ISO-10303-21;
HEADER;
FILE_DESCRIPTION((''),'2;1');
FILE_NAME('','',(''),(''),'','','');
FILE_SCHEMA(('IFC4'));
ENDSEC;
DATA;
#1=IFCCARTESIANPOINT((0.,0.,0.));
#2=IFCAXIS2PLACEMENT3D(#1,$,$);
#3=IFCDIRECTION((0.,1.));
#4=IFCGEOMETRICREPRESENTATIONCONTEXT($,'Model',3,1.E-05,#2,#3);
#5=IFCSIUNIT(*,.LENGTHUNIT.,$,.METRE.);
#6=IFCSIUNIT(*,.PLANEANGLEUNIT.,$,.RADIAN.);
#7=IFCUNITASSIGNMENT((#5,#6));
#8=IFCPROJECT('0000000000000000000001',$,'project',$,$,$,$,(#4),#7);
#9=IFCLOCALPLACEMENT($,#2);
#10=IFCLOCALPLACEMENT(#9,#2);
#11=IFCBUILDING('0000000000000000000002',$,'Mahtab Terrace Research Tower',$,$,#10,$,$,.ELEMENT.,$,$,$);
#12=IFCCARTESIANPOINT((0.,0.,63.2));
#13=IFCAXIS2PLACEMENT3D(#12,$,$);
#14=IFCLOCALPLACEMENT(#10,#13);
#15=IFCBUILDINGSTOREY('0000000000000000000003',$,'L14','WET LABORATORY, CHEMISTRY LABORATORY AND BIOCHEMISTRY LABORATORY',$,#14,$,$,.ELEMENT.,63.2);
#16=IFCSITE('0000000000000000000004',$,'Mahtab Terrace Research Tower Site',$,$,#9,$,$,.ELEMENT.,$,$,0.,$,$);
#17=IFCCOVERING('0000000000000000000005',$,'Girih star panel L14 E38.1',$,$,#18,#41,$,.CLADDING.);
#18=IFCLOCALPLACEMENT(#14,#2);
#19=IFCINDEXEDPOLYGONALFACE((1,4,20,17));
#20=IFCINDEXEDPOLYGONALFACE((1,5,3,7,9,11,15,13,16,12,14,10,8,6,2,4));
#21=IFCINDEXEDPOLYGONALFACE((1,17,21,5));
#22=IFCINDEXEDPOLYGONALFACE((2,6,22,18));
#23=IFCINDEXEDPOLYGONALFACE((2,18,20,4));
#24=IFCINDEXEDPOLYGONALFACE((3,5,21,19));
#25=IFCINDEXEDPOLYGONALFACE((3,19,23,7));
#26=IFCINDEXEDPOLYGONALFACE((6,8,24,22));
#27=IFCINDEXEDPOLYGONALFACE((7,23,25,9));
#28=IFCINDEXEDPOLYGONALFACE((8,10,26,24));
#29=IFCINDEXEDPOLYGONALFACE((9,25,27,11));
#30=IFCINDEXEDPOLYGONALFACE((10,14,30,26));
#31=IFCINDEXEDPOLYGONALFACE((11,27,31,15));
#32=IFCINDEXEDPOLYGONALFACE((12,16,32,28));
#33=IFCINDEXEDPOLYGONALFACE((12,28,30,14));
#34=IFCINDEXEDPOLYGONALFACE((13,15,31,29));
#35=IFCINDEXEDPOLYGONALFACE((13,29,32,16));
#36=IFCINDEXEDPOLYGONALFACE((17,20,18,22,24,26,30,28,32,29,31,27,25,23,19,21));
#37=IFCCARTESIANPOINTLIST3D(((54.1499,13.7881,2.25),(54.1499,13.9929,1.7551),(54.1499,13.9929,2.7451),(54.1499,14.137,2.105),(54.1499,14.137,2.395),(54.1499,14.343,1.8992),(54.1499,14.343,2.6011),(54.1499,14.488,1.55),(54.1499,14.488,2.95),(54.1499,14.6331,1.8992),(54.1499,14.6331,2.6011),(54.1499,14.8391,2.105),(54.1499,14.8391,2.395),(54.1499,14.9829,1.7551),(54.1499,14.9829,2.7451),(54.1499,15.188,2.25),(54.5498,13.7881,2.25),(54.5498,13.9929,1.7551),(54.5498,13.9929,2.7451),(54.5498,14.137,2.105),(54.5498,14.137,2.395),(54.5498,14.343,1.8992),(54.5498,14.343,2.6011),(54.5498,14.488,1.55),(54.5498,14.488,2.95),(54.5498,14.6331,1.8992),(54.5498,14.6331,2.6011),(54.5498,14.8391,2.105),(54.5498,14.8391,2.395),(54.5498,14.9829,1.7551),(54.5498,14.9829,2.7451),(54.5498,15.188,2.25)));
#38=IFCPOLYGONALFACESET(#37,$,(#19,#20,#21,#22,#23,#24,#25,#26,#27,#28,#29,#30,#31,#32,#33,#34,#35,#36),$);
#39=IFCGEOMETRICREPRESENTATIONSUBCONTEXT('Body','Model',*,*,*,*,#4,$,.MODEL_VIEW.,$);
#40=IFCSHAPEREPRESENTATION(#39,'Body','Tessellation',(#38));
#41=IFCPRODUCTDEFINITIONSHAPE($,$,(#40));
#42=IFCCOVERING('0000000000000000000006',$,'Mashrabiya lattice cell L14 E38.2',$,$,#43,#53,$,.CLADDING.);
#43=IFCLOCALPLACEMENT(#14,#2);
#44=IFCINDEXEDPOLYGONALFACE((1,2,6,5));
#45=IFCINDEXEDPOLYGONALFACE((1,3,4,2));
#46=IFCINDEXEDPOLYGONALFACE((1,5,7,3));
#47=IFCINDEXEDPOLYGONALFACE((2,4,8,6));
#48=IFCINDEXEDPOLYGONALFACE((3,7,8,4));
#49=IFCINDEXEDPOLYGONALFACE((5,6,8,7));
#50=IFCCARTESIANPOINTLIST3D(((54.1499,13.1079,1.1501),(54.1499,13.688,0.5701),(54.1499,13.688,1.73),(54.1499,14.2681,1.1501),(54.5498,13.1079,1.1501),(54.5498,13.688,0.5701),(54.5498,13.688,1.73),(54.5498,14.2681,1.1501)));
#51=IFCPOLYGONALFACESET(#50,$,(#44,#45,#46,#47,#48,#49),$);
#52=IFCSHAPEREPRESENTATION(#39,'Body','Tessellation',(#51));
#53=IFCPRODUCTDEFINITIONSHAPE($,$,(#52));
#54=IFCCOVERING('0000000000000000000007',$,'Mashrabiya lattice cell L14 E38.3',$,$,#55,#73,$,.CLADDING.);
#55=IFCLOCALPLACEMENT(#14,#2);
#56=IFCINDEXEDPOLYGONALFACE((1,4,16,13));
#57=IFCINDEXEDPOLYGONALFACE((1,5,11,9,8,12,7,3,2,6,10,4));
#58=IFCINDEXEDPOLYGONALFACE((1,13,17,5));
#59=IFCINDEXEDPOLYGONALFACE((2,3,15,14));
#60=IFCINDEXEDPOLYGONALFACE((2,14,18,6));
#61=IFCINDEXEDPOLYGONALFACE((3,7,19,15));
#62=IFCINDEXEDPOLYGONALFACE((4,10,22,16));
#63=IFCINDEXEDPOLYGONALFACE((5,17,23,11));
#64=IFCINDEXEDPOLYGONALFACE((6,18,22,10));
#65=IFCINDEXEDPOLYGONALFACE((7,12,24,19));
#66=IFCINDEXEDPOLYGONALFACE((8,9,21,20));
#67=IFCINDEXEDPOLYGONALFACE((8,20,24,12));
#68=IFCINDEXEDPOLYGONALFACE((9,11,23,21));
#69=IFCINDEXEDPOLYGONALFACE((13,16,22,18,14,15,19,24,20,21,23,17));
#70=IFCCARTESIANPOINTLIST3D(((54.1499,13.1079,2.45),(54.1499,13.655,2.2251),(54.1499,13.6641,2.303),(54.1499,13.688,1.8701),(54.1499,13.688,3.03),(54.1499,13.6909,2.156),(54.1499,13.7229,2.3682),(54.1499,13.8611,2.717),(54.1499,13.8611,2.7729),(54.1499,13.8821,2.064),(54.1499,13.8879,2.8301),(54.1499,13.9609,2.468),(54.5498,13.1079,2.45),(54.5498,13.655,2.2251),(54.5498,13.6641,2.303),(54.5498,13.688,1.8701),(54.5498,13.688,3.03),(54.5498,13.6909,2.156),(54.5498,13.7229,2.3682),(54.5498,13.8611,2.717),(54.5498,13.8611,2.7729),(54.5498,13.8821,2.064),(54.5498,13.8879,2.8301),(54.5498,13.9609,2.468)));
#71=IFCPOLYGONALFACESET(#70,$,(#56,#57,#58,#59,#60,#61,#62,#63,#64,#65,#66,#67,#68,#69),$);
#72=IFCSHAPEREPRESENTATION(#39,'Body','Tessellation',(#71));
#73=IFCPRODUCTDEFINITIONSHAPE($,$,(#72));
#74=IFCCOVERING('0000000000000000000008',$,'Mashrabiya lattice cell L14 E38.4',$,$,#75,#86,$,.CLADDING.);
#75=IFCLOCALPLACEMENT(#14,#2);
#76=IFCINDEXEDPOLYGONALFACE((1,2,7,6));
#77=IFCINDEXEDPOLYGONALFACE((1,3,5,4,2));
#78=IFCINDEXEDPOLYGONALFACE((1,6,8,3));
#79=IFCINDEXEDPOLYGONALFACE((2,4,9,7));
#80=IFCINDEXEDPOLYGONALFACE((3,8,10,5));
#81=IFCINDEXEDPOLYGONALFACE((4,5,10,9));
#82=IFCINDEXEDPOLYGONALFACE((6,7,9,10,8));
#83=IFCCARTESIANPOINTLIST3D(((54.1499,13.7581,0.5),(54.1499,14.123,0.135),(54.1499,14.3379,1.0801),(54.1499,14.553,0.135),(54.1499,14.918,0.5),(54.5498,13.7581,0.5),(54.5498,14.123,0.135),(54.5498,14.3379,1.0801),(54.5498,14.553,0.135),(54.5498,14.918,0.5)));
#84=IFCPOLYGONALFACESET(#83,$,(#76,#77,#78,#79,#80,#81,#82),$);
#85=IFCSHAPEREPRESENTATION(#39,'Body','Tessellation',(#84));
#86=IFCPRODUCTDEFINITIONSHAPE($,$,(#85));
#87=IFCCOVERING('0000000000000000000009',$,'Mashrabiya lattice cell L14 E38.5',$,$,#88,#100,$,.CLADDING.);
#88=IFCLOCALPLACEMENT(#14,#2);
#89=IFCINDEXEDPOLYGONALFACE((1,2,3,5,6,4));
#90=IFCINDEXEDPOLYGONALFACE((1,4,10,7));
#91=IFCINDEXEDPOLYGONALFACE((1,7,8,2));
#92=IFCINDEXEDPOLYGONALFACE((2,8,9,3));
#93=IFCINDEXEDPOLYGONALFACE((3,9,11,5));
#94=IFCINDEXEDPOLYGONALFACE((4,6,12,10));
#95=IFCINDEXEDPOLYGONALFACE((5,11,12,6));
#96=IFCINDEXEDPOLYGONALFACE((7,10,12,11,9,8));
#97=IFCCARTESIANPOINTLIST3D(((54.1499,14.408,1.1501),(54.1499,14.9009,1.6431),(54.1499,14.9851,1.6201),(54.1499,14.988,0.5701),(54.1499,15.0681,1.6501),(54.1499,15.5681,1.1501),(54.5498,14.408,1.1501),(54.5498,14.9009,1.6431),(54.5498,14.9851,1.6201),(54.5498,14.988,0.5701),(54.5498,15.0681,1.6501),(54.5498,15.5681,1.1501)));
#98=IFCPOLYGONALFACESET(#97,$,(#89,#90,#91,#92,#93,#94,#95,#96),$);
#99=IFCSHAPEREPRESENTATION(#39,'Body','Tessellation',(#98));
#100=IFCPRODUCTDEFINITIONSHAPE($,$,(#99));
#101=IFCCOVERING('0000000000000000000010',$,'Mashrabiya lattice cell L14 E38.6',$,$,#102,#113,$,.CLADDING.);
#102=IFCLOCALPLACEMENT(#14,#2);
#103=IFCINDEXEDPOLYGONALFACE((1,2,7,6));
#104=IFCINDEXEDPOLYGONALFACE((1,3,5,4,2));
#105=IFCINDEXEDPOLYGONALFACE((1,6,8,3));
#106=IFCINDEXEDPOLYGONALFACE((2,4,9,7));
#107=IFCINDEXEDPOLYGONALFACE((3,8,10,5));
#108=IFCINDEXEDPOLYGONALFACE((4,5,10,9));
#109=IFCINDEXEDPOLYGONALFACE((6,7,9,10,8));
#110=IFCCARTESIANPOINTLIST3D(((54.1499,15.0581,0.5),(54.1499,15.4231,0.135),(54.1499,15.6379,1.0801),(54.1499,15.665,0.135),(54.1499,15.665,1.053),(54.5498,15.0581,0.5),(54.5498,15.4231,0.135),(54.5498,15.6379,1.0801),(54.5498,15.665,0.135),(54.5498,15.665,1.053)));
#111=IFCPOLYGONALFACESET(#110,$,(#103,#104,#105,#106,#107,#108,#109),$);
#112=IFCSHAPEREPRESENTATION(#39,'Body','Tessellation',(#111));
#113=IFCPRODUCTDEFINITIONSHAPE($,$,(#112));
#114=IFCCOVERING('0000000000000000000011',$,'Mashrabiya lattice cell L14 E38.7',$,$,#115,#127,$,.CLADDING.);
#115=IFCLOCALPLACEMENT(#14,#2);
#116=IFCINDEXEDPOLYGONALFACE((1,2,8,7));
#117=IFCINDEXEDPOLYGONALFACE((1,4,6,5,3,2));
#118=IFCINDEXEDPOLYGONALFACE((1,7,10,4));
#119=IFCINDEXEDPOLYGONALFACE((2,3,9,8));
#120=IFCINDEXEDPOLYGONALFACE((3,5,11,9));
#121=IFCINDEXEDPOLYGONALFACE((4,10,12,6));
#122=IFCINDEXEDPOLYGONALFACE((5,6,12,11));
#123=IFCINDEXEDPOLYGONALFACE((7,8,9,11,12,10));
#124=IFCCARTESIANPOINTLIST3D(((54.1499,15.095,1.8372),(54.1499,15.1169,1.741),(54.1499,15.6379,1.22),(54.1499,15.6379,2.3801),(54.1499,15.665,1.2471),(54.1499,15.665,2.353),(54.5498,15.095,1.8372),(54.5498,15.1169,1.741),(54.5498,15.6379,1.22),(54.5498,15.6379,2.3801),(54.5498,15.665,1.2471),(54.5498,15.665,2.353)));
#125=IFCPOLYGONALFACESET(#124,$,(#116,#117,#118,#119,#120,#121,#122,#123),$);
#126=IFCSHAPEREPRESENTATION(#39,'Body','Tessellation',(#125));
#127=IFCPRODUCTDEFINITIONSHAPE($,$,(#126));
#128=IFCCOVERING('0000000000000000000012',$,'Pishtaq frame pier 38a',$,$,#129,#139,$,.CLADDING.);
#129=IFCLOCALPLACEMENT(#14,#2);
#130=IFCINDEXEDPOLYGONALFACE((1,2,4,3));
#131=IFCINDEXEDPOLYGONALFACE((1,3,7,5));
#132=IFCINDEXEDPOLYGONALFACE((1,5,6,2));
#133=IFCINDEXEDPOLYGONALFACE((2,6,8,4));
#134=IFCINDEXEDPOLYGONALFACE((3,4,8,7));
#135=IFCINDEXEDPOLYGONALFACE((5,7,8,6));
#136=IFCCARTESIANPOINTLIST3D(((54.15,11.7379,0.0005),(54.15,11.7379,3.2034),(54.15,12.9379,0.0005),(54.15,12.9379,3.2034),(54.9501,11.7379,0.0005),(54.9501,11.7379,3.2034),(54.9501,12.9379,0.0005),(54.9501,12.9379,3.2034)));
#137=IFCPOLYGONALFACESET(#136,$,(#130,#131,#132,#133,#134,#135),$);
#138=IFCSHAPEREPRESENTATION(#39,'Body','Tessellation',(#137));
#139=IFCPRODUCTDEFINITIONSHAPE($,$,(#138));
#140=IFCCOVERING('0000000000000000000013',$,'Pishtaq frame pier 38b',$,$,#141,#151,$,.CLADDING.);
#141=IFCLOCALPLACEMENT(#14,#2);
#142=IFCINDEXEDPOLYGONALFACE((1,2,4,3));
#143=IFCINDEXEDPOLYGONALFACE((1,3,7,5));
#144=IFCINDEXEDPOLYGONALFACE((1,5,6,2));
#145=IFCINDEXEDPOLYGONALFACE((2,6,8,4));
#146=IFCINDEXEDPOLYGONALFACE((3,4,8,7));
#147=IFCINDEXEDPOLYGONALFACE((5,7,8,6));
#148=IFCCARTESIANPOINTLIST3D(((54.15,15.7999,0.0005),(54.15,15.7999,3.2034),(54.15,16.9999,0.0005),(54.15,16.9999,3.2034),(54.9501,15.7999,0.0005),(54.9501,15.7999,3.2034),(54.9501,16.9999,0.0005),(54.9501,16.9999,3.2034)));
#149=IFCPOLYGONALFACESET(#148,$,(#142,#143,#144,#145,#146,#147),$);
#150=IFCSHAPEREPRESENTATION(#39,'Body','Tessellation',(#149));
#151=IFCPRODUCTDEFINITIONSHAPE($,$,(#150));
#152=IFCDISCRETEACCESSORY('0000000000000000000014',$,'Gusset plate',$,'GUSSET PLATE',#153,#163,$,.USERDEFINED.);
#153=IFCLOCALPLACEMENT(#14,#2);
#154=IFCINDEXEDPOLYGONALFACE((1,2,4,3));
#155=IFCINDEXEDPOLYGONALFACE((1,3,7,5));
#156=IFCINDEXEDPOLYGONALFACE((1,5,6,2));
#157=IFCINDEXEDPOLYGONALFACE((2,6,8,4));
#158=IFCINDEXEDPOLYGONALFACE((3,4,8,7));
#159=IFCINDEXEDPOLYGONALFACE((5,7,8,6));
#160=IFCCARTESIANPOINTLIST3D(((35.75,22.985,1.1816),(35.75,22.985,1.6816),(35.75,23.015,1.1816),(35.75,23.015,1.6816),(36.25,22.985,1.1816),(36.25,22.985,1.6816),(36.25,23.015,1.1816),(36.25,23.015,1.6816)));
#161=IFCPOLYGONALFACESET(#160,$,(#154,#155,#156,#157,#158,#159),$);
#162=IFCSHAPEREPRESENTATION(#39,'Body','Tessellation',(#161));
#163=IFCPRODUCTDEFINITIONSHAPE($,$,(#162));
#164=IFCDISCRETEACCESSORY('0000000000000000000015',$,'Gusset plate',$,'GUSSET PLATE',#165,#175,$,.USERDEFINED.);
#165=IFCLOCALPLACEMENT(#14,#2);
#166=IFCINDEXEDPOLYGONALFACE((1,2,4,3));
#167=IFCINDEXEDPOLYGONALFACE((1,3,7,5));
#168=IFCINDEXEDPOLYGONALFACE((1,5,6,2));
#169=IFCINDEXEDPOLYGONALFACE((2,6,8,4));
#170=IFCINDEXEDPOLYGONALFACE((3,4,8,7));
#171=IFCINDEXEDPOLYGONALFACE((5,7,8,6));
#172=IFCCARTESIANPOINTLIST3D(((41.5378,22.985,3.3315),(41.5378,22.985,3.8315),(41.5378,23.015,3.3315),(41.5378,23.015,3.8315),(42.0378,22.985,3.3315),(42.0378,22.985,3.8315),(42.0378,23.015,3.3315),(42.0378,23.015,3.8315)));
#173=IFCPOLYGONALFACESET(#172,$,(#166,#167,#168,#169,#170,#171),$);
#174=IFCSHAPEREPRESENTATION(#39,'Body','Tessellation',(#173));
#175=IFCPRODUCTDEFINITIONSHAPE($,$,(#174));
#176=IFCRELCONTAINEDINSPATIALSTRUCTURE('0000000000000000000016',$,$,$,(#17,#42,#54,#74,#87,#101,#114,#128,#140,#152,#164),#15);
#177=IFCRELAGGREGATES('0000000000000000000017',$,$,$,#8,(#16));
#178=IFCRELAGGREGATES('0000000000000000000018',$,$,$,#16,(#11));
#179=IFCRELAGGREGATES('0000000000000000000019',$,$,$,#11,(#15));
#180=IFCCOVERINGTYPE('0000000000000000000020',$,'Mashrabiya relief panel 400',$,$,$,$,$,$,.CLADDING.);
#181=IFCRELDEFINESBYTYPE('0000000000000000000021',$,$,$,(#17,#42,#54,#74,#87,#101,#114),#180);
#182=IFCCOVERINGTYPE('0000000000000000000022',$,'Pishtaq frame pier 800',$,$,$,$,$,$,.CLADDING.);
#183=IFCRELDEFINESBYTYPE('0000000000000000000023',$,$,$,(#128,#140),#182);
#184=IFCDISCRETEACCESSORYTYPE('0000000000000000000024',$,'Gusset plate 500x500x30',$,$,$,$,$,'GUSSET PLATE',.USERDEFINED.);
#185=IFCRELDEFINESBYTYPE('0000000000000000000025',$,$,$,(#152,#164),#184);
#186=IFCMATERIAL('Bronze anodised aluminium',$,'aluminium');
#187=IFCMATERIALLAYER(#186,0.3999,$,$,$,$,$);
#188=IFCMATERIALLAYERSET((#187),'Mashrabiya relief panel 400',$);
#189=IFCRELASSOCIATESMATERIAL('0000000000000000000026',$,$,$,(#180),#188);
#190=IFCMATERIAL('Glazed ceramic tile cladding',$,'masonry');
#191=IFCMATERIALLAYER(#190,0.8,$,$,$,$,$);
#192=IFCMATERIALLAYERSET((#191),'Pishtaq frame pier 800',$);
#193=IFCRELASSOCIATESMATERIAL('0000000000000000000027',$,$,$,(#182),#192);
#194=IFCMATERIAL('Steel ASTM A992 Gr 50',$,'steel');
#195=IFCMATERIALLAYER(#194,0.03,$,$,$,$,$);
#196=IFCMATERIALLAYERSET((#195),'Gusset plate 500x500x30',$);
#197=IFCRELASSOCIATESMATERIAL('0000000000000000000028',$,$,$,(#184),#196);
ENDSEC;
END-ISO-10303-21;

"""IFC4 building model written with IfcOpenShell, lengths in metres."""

from ifc_helpers import new_model, si_unit, direction, frame, origin, origin_2d, place, context, subcontext, project, spatial, polyline, rectangle, outline, extrude, material, layer, layer_set, type_object, element, save


model = new_model("IFC4")

# Units and contexts
model_context = context("Model", 3, precision=1e-05, world=origin(), true_north=direction((0.0, 1.0)))
body_context = subcontext(model_context, "Body", "Model", "MODEL_VIEW")
ifc_project = project(units=[si_unit("LENGTHUNIT", "METRE"), si_unit("PLANEANGLEUNIT", "RADIAN")], contexts=[model_context])

# Site, building, storey
site_placement = place(None, origin())
site = spatial("IfcSite", under=ifc_project, at=site_placement, Name="Mahtab Terrace Research Tower Site", CompositionType="ELEMENT", RefElevation=0.0)
building_placement = place(site_placement, origin())
building = spatial("IfcBuilding", under=site, at=building_placement, Name="Mahtab Terrace Research Tower", CompositionType="ELEMENT")
storey_placement = place(building_placement, frame((0.0, 0.0, 63.2)))
storey = spatial("IfcBuildingStorey", under=building, at=storey_placement, Name="L14", Description="WET LABORATORY, CHEMISTRY LABORATORY AND BIOCHEMISTRY LABORATORY", CompositionType="ELEMENT", Elevation=63.2)

# Shared definitions
ifc_material_1 = material(Name="Steel ASTM A992 Gr 50", Category="steel")

# Coverings
ifc_material_2 = material(Name="Bronze anodised aluminium", Category="aluminium")
ifc_layer_1 = layer(ifc_material_2, 0.3999)
ifc_layer_set_1 = layer_set([ifc_layer_1], Name="Mashrabiya relief panel 400")
covering_type_1 = type_object("IfcCoveringType", Name="Mashrabiya relief panel 400", PredefinedType="CLADDING", material=ifc_layer_set_1)
covering_1_placement = place(storey_placement, frame((54.1499, 14.6331, 2.6011), z_axis=(-1.0, 0.0, 0.0), x_axis=(0.0, 0.924691, 0.380717)))
element("IfcCovering", 1, at=covering_1_placement, inside=storey, type_object=covering_type_1, Name="Girih star panel L14 E38.1", PredefinedType="CLADDING", context=body_context, shape_type="SweptSolid", body=[
    extrude(outline(polyline([(0.0, 0.0), (0.3783, 0.0), (0.1121, 0.269), (0.3795, 0.5359), (0.0017, 0.5372), (0.0014, 0.9154), (-0.2672, 0.649), (-0.5342, 0.9167), (-0.5354, 0.5386), (-0.914, 0.5385), (-0.6476, 0.2699), (-0.915, 0.0029), (-0.5372, 0.0017), (-0.5371, -0.3769), (-0.2682, -0.1104), (-0.0013, -0.3778), (0.0, 0.0)])), origin(), (0.0, 0.0, -1.0), 0.3999),
])
covering_2_placement = place(storey_placement, frame((54.1499, 13.688, 1.73), z_axis=(-1.0, 0.0, 0.0), x_axis=(0.0, 0.707256, -0.706958)))
element("IfcCovering", 2, at=covering_2_placement, inside=storey, type_object=covering_type_1, Name="Mashrabiya lattice cell L14 E38.2", PredefinedType="CLADDING", context=body_context, shape_type="SweptSolid", body=[
    extrude(outline(polyline([(0.0, 0.0), (0.8202, 0.0), (0.82, 0.8204), (-0.0003, 0.8202), (0.0, 0.0)])), origin(), (0.0, 0.0, -1.0), 0.3999),
])
covering_3_placement = place(storey_placement, frame((54.1499, 13.688, 1.8701), z_axis=(-1.0, 0.0, 0.0), x_axis=(0.0, -0.707256, 0.706958)))
element("IfcCovering", 3, at=covering_3_placement, inside=storey, type_object=covering_type_1, Name="Mashrabiya lattice cell L14 E38.3", PredefinedType="CLADDING", context=body_context, shape_type="SweptSolid", body=[
    extrude(outline(polyline([(0.0, 0.0), (0.8202, 0.0), (0.82, 0.8204), (0.5372, 0.8203), (0.5158, 0.7609), (0.4763, 0.7214), (0.2296, 0.6158), (0.3274, 0.3769), (0.3229, 0.2892), (0.2743, 0.2278), (0.2, 0.2043), (-0.0002, 0.2743), (0.0, 0.0)])), origin(), (0.0, 0.0, -1.0), 0.3999),
])
covering_4_placement = place(storey_placement, frame((54.1499, 13.7581, 0.5), z_axis=(-1.0, 0.0, 0.0), x_axis=(0.0, 0.706958, 0.707256)))
element("IfcCovering", 4, at=covering_4_placement, inside=storey, type_object=covering_type_1, Name="Mashrabiya lattice cell L14 E38.4", PredefinedType="CLADDING", context=body_context, shape_type="SweptSolid", body=[
    extrude(outline(polyline([(0.0, 0.0), (0.8202, 0.0), (0.82, 0.8204), (0.3038, 0.8202), (-0.0001, 0.5162), (0.0, 0.0)])), origin(), (0.0, 0.0, -1.0), 0.3999),
])
covering_5_placement = place(storey_placement, frame((54.1499, 15.5681, 1.1501), z_axis=(-1.0, 0.0, 0.0), x_axis=(0.0, -0.707107, -0.707107)))
element("IfcCovering", 5, at=covering_5_placement, inside=storey, type_object=covering_type_1, Name="Mashrabiya lattice cell L14 E38.5", PredefinedType="CLADDING", context=body_context, shape_type="SweptSolid", body=[
    extrude(outline(polyline([(0.0, 0.0), (0.8204, 0.0), (0.8204, 0.8204), (0.1233, 0.8204), (0.0799, 0.7446), (0.0, 0.7071), (0.0, 0.0)])), origin(), (0.0, 0.0, -1.0), 0.3999),
])
covering_6_placement = place(storey_placement, frame((54.1499, 15.0581, 0.5), z_axis=(-1.0, 0.0, 0.0), x_axis=(0.0, 0.706958, 0.707256)))
element("IfcCovering", 6, at=covering_6_placement, inside=storey, type_object=covering_type_1, Name="Mashrabiya lattice cell L14 E38.6", PredefinedType="CLADDING", context=body_context, shape_type="SweptSolid", body=[
    extrude(outline(polyline([(0.0, 0.0), (0.8202, 0.0), (0.8202, 0.0383), (0.1709, 0.6873), (-0.0001, 0.5162), (0.0, 0.0)])), origin(), (0.0, 0.0, -1.0), 0.3999),
])
covering_7_placement = place(storey_placement, frame((54.1499, 15.6379, 1.22), z_axis=(-1.0, 0.0, 0.0), x_axis=(0.0, -0.707107, 0.707107)))
element("IfcCovering", 7, at=covering_7_placement, inside=storey, type_object=covering_type_1, Name="Mashrabiya lattice cell L14 E38.7", PredefinedType="CLADDING", context=body_context, shape_type="SweptSolid", body=[
    extrude(outline(polyline([(0.0, 0.0), (0.7368, 0.0), (0.8204, 0.0525), (0.8204, 0.8204), (0.782, 0.8204), (0.0, 0.0383), (0.0, 0.0)])), origin(), (0.0, 0.0, -1.0), 0.3999),
])
ifc_material_3 = material(Name="Glazed ceramic tile cladding", Category="masonry")
ifc_layer_2 = layer(ifc_material_3, 0.8)
ifc_layer_set_2 = layer_set([ifc_layer_2], Name="Pishtaq frame pier 800")
covering_type_2 = type_object("IfcCoveringType", Name="Pishtaq frame pier 800", PredefinedType="CLADDING", material=ifc_layer_set_2)
for number, where, z_axis, x_axis, name in (
    (8, (54.55, 12.3379, 0.0005), (0.0, 0.0, 1.0), (0.0, 1.0, 0.0), "Pishtaq frame pier 38a"),
    (9, (54.55, 16.3999, 0.0005), (0.0, 0.0, 1.0), (0.0, 1.0, 0.0), "Pishtaq frame pier 38b"),
):
    element("IfcCovering", number, at=place(storey_placement, frame(where, z_axis=z_axis, x_axis=x_axis)), inside=storey, type_object=covering_type_2, Name=name, PredefinedType="CLADDING", context=body_context, shape_type="SweptSolid", body=[
        extrude(rectangle(XDim=1.2, YDim=0.8, at=origin_2d()), origin(), (0.0, 0.0, 1.0), 3.2029),
    ])

# Discrete accessories
ifc_layer_3 = layer(ifc_material_1, 0.03)
ifc_layer_set_3 = layer_set([ifc_layer_3], Name="Gusset plate 500x500x30")
discrete_accessory_type = type_object("IfcDiscreteAccessoryType", Name="Gusset plate 500x500x30", ElementType="GUSSET PLATE", PredefinedType="USERDEFINED", material=ifc_layer_set_3)
for number, where, z_axis, x_axis, name in (
    (10, (36.0, 23.0, 1.1816), (0.0, 0.0, 1.0), (1.0, 0.0, 0.0), "Gusset plate"),
    (11, (41.7878, 23.0, 3.3315), (0.0, 0.0, 1.0), (1.0, 0.0, 0.0), "Gusset plate"),
):
    element("IfcDiscreteAccessory", number, at=place(storey_placement, frame(where, z_axis=z_axis, x_axis=x_axis)), inside=storey, type_object=discrete_accessory_type, Name=name, ObjectType="GUSSET PLATE", PredefinedType="USERDEFINED", context=body_context, shape_type="SweptSolid", body=[
        extrude(rectangle(XDim=0.5, YDim=0.03, at=origin_2d()), origin(), (0.0, 0.0, 1.0), 0.5),
    ])

save(model, "model.ifc")
